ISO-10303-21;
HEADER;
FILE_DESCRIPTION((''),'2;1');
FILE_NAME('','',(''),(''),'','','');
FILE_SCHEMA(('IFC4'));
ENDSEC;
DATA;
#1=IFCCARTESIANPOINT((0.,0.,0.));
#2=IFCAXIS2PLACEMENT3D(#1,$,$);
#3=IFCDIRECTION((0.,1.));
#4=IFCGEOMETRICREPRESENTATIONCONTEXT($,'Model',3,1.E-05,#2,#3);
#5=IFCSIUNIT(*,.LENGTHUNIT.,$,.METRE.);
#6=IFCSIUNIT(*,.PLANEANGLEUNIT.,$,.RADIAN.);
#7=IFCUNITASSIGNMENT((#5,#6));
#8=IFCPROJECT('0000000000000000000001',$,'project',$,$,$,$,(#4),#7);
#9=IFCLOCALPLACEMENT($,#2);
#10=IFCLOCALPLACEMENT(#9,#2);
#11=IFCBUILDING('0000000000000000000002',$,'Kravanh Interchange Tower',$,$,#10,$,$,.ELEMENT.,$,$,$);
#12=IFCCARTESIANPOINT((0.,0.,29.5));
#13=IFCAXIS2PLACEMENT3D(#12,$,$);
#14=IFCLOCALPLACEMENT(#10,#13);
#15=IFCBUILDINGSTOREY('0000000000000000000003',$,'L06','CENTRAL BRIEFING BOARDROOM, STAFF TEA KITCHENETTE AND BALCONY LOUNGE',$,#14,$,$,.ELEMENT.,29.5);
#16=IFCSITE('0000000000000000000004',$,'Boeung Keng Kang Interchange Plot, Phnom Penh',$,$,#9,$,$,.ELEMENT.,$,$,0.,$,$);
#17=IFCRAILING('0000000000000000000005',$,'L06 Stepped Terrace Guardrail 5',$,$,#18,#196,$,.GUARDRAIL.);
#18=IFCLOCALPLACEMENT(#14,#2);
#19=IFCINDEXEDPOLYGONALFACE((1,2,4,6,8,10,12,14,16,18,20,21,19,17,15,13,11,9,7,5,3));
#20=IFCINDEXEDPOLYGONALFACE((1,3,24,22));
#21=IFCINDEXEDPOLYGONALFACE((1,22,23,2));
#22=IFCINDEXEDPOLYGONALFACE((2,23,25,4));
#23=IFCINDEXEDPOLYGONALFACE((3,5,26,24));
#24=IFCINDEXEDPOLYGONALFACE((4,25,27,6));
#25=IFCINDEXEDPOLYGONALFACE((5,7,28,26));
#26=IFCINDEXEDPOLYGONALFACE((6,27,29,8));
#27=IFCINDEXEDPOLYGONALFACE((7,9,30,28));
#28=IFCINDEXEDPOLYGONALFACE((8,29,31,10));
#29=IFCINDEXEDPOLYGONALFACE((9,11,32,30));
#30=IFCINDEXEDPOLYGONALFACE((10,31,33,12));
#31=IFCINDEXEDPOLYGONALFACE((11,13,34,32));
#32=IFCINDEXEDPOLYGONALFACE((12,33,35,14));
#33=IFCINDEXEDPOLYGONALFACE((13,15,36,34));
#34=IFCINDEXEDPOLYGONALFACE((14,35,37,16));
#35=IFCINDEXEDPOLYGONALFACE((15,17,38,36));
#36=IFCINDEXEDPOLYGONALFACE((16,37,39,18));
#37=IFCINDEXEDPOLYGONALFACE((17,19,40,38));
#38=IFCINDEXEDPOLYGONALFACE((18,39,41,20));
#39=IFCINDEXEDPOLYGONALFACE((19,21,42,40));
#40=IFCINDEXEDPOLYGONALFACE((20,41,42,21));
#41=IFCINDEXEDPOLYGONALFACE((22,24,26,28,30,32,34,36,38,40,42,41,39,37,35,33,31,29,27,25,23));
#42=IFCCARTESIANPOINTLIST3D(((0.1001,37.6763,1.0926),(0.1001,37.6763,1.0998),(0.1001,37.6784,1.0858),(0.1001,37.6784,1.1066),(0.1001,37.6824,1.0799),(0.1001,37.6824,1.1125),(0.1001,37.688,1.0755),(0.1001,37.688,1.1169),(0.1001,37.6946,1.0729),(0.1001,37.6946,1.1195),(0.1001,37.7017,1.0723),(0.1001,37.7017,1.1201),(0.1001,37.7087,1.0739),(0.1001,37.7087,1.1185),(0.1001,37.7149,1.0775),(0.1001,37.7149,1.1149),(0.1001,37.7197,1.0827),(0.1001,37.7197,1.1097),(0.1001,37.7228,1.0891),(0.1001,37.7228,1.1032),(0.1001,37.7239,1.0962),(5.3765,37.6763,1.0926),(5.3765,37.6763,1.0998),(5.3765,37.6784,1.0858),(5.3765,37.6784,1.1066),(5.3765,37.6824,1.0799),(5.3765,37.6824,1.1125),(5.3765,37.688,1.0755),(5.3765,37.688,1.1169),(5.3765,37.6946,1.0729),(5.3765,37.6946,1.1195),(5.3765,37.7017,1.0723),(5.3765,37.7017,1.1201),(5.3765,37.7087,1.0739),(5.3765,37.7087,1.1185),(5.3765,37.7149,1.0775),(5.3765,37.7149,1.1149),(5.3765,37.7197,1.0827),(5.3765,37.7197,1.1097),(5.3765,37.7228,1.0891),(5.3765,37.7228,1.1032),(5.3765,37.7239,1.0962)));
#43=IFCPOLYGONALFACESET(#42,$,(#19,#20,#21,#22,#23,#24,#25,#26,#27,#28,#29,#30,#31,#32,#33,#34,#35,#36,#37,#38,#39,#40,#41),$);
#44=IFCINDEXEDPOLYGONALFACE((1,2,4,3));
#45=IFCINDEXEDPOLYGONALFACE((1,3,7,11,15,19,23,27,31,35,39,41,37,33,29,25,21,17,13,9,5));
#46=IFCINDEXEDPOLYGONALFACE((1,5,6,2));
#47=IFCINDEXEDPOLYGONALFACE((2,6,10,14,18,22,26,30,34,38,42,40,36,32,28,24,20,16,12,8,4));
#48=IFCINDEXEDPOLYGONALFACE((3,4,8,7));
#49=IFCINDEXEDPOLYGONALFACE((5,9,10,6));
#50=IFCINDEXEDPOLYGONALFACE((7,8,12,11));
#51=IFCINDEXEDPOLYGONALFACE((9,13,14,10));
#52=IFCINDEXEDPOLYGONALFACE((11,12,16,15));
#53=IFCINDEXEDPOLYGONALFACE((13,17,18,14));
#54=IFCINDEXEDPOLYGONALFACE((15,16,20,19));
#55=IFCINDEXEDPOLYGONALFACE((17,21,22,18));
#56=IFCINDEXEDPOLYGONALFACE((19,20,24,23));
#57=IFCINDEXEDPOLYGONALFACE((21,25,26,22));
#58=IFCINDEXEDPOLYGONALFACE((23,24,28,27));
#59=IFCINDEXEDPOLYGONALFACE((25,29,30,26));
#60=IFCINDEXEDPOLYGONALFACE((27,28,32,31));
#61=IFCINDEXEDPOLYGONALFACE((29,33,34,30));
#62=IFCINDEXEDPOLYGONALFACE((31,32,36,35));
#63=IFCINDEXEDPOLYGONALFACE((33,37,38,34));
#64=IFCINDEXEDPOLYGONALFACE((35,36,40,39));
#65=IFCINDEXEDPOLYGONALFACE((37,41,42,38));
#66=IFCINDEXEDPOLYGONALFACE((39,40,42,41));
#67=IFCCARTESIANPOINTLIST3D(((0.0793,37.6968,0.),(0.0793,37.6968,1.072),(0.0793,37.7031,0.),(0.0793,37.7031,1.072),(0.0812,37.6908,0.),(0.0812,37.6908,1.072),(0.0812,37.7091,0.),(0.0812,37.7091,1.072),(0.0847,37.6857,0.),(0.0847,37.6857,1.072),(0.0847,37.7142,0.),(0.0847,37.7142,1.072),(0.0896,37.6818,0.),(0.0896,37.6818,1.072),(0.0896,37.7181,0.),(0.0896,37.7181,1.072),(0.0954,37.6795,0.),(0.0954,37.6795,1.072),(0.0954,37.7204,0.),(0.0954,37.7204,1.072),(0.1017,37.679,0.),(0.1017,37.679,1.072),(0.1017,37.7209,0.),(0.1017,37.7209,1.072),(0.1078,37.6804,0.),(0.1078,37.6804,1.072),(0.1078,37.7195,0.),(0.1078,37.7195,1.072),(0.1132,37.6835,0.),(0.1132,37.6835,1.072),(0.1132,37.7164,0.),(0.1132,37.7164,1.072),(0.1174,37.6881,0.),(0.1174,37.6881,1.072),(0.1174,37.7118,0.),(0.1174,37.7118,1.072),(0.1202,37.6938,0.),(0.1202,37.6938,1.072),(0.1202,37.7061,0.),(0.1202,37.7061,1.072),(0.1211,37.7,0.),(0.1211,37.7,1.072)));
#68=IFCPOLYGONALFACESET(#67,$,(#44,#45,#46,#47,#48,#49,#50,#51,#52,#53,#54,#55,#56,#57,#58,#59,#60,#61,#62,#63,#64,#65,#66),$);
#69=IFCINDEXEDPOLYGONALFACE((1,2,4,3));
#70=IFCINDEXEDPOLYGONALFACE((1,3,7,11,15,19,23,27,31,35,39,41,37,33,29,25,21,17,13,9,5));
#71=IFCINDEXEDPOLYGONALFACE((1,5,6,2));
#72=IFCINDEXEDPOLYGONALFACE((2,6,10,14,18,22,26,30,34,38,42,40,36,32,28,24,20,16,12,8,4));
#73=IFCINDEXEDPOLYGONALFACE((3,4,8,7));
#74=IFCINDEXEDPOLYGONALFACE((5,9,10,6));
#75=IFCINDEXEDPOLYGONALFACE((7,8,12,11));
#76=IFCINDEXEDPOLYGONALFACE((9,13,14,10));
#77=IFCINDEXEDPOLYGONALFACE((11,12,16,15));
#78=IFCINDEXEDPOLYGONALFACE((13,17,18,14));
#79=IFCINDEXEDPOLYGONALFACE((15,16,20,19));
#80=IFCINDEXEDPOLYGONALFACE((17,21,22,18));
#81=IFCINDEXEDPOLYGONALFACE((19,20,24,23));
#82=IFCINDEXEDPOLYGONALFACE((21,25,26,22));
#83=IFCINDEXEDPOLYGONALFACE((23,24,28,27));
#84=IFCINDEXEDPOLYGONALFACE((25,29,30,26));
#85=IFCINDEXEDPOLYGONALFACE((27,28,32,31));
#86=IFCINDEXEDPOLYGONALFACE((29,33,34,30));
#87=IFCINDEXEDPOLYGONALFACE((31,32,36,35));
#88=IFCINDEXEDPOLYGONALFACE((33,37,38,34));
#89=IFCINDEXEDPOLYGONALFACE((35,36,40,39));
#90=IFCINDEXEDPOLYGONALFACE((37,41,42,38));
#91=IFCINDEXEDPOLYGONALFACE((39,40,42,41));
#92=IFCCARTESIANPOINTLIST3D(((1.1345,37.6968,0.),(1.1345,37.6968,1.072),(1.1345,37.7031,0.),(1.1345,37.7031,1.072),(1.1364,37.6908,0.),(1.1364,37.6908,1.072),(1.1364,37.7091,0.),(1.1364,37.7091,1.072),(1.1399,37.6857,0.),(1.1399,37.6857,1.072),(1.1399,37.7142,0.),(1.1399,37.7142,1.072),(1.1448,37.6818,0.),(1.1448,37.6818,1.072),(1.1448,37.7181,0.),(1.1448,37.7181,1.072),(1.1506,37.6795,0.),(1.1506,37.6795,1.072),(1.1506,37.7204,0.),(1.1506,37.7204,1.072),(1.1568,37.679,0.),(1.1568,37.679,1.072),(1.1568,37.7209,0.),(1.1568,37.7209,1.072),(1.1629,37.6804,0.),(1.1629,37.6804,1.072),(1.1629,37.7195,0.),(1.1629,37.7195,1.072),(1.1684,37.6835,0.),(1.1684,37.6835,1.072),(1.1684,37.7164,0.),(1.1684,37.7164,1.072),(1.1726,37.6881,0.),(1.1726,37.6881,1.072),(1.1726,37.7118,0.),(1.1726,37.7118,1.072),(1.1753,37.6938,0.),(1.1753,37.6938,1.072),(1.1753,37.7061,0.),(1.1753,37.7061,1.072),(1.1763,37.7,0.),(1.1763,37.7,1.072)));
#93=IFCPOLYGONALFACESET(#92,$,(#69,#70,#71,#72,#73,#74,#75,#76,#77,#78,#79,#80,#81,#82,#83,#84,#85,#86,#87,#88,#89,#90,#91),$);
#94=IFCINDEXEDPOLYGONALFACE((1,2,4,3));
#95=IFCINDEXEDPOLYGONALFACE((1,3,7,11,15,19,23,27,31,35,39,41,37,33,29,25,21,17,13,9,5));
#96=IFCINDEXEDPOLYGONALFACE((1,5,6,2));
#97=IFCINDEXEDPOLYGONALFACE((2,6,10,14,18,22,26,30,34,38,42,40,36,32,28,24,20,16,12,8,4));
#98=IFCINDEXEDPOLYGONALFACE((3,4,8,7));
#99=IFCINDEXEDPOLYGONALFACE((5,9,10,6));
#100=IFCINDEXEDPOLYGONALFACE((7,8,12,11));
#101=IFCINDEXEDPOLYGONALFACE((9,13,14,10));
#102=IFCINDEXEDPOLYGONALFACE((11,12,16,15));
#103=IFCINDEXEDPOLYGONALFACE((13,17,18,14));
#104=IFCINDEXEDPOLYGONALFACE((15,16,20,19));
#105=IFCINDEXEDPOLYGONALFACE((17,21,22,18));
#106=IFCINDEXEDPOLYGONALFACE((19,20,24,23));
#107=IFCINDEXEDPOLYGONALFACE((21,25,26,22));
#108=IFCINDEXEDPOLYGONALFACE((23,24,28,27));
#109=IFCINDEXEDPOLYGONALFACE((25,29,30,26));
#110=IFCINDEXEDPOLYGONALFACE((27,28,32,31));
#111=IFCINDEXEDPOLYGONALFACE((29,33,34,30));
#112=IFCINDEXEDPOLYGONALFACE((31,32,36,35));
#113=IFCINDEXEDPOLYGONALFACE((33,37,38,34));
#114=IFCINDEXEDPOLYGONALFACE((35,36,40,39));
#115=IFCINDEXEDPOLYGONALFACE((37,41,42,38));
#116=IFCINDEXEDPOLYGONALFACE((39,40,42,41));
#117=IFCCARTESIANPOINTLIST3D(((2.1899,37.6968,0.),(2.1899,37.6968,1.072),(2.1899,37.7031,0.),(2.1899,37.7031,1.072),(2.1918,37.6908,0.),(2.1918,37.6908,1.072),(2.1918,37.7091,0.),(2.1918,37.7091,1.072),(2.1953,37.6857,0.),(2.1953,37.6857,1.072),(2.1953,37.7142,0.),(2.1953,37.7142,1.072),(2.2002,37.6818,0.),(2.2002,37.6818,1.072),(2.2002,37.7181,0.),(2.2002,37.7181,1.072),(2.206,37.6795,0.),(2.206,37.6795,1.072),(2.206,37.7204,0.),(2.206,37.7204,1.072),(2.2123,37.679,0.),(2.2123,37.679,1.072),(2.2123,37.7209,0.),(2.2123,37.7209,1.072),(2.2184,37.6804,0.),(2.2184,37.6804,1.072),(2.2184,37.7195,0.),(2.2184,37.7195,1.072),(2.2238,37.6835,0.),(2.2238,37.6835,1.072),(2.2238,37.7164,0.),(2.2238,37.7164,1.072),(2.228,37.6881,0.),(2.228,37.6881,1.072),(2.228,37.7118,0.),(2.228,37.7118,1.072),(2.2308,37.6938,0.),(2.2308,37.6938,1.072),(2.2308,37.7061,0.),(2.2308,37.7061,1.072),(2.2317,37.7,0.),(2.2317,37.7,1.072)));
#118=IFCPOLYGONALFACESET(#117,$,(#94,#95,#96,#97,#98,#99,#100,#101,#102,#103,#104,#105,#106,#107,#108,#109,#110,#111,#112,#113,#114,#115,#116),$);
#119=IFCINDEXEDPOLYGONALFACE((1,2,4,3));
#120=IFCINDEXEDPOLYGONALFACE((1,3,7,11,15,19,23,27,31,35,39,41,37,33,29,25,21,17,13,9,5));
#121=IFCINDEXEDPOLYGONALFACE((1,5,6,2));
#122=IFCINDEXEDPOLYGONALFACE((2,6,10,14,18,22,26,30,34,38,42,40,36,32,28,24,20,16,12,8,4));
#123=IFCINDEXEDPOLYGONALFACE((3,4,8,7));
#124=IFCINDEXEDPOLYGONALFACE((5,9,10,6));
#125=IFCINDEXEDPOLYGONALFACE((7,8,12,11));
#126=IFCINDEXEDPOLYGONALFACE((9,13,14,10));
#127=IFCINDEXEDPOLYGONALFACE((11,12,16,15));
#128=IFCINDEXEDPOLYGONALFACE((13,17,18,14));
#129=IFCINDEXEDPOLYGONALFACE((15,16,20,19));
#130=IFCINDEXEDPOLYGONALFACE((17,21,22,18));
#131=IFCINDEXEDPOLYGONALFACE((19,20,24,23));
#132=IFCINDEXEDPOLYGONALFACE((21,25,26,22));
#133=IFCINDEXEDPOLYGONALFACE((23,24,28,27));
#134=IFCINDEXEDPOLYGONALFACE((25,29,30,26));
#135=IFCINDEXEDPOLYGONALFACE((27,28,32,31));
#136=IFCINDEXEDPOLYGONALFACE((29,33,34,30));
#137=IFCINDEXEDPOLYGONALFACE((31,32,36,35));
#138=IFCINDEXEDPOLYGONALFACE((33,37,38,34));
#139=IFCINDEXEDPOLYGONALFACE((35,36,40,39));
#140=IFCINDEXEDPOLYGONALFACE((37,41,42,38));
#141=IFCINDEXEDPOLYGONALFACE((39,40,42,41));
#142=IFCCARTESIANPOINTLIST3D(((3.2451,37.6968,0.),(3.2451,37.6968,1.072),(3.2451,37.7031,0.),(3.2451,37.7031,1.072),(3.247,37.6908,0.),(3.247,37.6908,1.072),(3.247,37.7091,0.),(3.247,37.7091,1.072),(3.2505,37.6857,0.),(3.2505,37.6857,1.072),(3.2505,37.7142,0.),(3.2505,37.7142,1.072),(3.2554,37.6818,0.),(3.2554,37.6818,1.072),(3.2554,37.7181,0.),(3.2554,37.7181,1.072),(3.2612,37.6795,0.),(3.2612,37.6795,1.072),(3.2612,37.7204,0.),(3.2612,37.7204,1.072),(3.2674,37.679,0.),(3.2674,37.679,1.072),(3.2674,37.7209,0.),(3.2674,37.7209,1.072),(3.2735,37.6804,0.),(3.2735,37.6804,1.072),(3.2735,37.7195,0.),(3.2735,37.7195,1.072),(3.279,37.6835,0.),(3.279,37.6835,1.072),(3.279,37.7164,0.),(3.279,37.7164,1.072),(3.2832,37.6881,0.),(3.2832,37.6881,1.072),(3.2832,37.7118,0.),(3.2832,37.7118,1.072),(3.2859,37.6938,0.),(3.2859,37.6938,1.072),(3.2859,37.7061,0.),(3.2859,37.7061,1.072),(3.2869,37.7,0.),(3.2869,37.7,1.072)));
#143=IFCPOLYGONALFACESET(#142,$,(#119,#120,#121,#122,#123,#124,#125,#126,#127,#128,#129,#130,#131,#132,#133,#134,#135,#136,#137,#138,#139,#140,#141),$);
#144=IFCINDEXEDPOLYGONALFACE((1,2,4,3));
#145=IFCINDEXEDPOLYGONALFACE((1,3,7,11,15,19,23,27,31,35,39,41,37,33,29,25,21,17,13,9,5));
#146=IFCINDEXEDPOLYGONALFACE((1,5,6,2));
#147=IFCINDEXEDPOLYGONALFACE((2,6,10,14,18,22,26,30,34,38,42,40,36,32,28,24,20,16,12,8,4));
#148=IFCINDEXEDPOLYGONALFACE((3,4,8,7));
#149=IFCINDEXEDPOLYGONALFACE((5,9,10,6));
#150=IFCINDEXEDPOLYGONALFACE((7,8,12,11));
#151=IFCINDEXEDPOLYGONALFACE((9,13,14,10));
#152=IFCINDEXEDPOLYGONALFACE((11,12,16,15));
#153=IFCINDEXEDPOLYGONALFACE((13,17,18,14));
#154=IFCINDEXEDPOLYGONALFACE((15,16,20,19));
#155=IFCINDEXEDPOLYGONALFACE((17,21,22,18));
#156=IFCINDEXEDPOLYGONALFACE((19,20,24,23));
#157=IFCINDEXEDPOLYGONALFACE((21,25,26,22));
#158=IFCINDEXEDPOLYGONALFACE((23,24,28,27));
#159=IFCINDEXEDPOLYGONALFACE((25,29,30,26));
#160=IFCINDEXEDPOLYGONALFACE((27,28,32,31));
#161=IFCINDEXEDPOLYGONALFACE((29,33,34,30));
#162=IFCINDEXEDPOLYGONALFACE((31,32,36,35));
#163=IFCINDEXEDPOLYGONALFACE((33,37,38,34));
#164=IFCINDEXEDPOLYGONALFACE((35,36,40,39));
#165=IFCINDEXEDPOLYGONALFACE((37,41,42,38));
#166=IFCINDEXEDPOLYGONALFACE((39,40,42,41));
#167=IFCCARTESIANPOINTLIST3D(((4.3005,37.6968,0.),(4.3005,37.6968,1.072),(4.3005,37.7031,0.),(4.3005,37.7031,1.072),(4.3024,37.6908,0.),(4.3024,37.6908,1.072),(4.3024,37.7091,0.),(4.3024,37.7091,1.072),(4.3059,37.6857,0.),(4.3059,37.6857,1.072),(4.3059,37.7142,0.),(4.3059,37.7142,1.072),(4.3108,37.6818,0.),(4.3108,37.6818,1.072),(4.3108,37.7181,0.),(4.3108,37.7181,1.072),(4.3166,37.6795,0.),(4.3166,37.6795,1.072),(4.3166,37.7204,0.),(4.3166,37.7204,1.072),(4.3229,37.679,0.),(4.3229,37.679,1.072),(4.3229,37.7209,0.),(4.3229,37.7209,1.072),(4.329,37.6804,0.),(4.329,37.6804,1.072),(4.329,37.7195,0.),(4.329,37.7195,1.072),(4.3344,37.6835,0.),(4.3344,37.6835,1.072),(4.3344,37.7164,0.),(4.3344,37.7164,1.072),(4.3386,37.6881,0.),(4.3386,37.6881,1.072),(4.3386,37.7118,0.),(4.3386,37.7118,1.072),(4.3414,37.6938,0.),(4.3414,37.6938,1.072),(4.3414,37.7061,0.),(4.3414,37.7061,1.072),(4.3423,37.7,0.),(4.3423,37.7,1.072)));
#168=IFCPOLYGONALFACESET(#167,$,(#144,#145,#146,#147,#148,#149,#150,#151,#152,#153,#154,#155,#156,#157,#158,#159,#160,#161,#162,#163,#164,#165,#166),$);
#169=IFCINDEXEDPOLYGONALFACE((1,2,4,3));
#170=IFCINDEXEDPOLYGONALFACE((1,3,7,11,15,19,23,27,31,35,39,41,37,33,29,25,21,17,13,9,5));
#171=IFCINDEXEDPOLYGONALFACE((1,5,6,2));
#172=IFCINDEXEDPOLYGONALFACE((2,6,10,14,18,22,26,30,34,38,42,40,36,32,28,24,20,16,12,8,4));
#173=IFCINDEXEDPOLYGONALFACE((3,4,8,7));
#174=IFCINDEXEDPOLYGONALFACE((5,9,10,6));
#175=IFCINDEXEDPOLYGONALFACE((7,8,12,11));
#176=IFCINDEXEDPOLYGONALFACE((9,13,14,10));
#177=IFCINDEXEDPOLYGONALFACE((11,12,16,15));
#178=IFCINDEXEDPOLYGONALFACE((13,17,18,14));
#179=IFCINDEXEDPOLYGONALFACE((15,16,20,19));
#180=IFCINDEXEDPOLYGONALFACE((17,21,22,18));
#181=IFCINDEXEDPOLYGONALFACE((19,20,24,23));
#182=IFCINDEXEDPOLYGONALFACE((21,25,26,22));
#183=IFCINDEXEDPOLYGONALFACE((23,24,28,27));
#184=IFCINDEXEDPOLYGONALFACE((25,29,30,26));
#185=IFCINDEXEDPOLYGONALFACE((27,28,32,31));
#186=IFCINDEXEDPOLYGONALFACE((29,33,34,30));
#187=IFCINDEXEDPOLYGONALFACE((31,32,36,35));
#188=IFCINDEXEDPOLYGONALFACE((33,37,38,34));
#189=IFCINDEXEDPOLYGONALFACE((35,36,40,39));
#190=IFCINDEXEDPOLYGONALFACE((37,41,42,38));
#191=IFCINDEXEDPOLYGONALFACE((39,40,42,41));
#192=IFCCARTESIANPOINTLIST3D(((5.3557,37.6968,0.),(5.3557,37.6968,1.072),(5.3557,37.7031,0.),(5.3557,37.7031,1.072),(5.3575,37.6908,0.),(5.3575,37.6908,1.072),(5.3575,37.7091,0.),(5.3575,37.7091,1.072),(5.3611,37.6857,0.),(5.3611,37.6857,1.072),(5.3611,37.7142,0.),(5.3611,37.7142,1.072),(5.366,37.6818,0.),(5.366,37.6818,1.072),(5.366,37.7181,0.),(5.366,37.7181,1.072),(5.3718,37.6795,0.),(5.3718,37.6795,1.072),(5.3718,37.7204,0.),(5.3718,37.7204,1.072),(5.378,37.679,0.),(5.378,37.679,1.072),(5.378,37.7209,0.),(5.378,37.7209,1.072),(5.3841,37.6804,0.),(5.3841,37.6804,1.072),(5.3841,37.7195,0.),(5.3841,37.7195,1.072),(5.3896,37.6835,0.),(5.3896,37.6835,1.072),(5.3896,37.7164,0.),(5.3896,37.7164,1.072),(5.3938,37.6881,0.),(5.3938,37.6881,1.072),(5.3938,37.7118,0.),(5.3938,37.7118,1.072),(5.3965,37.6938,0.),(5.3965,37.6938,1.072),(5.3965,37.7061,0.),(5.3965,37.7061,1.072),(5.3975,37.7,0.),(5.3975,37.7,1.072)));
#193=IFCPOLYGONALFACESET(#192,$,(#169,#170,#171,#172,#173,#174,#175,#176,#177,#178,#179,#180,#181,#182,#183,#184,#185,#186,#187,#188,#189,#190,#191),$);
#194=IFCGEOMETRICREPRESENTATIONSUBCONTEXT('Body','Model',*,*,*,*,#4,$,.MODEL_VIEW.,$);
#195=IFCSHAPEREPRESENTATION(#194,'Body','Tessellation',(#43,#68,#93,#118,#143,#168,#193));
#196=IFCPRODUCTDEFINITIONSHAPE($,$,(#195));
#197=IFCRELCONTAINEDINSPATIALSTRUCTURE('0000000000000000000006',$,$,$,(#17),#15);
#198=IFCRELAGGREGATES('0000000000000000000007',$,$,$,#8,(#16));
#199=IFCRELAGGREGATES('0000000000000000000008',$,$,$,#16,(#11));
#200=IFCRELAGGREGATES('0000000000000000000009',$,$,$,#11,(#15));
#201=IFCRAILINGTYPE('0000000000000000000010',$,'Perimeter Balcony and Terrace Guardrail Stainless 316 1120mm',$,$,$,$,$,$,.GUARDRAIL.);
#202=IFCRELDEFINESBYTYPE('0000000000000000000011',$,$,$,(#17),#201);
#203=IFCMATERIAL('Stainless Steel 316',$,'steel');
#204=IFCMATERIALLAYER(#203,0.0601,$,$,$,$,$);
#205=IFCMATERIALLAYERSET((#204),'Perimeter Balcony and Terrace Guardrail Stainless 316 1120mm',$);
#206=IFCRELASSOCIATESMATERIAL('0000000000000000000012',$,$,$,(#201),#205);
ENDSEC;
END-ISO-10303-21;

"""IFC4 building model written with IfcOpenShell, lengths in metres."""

from ifc_helpers import new_model, si_unit, direction, frame, origin, origin_2d, place, context, subcontext, project, spatial, circle, extrude, material, layer, layer_set, type_object, element, save


model = new_model("IFC4")

# Units and contexts
model_context = context("Model", 3, precision=1e-05, world=origin(), true_north=direction((0.0, 1.0)))
body_context = subcontext(model_context, "Body", "Model", "MODEL_VIEW")
ifc_project = project(units=[si_unit("LENGTHUNIT", "METRE"), si_unit("PLANEANGLEUNIT", "RADIAN")], contexts=[model_context])

# Site, building, storey
site_placement = place(None, origin())
site = spatial("IfcSite", under=ifc_project, at=site_placement, Name="Boeung Keng Kang Interchange Plot, Phnom Penh", CompositionType="ELEMENT", RefElevation=0.0)
building_placement = place(site_placement, origin())
building = spatial("IfcBuilding", under=site, at=building_placement, Name="Kravanh Interchange Tower", CompositionType="ELEMENT")
storey_placement = place(building_placement, frame((0.0, 0.0, 29.5)))
storey = spatial("IfcBuildingStorey", under=building, at=storey_placement, Name="L06", Description="CENTRAL BRIEFING BOARDROOM, STAFF TEA KITCHENETTE AND BALCONY LOUNGE", CompositionType="ELEMENT", Elevation=29.5)

# Railing
ifc_material_1 = material(Name="Stainless Steel 316", Category="steel")
ifc_layer_1 = layer(ifc_material_1, 0.0601)
ifc_layer_set_1 = layer_set([ifc_layer_1], Name="Perimeter Balcony and Terrace Guardrail Stainless 316 1120mm")
railing_type = type_object("IfcRailingType", Name="Perimeter Balcony and Terrace Guardrail Stainless 316 1120mm", PredefinedType="GUARDRAIL", material=ifc_layer_set_1)
railing_placement = place(storey_placement, frame((0.1001, 37.7, 0.0)))
element("IfcRailing", 1, at=railing_placement, inside=storey, type_object=railing_type, Name="L06 Stepped Terrace Guardrail 5", PredefinedType="GUARDRAIL", context=body_context, shape_type="SweptSolid", body=[
    extrude(circle(Radius=0.0239, at=origin_2d()), frame((0.0, 0.0, 1.0962), z_axis=(1.0, 0.0, 0.0), x_axis=(0.0, 1.0, 0.0)), (0.0, 0.0, 1.0), 5.2764),
    extrude(circle(Radius=0.021, at=origin_2d()), origin(), (0.0, 0.0, 1.0), 1.072),
    extrude(circle(Radius=0.021, at=origin_2d()), frame((1.0552, 0.0, 0.0)), (0.0, 0.0, 1.0), 1.072),
    extrude(circle(Radius=0.021, at=origin_2d()), frame((2.1106, 0.0, 0.0)), (0.0, 0.0, 1.0), 1.072),
    extrude(circle(Radius=0.021, at=origin_2d()), frame((3.1658, 0.0, 0.0)), (0.0, 0.0, 1.0), 1.072),
    extrude(circle(Radius=0.021, at=origin_2d()), frame((4.2212, 0.0, 0.0)), (0.0, 0.0, 1.0), 1.072),
    extrude(circle(Radius=0.021, at=origin_2d()), frame((5.2764, 0.0, 0.0)), (0.0, 0.0, 1.0), 1.072),
])

save(model, "model.ifc")
